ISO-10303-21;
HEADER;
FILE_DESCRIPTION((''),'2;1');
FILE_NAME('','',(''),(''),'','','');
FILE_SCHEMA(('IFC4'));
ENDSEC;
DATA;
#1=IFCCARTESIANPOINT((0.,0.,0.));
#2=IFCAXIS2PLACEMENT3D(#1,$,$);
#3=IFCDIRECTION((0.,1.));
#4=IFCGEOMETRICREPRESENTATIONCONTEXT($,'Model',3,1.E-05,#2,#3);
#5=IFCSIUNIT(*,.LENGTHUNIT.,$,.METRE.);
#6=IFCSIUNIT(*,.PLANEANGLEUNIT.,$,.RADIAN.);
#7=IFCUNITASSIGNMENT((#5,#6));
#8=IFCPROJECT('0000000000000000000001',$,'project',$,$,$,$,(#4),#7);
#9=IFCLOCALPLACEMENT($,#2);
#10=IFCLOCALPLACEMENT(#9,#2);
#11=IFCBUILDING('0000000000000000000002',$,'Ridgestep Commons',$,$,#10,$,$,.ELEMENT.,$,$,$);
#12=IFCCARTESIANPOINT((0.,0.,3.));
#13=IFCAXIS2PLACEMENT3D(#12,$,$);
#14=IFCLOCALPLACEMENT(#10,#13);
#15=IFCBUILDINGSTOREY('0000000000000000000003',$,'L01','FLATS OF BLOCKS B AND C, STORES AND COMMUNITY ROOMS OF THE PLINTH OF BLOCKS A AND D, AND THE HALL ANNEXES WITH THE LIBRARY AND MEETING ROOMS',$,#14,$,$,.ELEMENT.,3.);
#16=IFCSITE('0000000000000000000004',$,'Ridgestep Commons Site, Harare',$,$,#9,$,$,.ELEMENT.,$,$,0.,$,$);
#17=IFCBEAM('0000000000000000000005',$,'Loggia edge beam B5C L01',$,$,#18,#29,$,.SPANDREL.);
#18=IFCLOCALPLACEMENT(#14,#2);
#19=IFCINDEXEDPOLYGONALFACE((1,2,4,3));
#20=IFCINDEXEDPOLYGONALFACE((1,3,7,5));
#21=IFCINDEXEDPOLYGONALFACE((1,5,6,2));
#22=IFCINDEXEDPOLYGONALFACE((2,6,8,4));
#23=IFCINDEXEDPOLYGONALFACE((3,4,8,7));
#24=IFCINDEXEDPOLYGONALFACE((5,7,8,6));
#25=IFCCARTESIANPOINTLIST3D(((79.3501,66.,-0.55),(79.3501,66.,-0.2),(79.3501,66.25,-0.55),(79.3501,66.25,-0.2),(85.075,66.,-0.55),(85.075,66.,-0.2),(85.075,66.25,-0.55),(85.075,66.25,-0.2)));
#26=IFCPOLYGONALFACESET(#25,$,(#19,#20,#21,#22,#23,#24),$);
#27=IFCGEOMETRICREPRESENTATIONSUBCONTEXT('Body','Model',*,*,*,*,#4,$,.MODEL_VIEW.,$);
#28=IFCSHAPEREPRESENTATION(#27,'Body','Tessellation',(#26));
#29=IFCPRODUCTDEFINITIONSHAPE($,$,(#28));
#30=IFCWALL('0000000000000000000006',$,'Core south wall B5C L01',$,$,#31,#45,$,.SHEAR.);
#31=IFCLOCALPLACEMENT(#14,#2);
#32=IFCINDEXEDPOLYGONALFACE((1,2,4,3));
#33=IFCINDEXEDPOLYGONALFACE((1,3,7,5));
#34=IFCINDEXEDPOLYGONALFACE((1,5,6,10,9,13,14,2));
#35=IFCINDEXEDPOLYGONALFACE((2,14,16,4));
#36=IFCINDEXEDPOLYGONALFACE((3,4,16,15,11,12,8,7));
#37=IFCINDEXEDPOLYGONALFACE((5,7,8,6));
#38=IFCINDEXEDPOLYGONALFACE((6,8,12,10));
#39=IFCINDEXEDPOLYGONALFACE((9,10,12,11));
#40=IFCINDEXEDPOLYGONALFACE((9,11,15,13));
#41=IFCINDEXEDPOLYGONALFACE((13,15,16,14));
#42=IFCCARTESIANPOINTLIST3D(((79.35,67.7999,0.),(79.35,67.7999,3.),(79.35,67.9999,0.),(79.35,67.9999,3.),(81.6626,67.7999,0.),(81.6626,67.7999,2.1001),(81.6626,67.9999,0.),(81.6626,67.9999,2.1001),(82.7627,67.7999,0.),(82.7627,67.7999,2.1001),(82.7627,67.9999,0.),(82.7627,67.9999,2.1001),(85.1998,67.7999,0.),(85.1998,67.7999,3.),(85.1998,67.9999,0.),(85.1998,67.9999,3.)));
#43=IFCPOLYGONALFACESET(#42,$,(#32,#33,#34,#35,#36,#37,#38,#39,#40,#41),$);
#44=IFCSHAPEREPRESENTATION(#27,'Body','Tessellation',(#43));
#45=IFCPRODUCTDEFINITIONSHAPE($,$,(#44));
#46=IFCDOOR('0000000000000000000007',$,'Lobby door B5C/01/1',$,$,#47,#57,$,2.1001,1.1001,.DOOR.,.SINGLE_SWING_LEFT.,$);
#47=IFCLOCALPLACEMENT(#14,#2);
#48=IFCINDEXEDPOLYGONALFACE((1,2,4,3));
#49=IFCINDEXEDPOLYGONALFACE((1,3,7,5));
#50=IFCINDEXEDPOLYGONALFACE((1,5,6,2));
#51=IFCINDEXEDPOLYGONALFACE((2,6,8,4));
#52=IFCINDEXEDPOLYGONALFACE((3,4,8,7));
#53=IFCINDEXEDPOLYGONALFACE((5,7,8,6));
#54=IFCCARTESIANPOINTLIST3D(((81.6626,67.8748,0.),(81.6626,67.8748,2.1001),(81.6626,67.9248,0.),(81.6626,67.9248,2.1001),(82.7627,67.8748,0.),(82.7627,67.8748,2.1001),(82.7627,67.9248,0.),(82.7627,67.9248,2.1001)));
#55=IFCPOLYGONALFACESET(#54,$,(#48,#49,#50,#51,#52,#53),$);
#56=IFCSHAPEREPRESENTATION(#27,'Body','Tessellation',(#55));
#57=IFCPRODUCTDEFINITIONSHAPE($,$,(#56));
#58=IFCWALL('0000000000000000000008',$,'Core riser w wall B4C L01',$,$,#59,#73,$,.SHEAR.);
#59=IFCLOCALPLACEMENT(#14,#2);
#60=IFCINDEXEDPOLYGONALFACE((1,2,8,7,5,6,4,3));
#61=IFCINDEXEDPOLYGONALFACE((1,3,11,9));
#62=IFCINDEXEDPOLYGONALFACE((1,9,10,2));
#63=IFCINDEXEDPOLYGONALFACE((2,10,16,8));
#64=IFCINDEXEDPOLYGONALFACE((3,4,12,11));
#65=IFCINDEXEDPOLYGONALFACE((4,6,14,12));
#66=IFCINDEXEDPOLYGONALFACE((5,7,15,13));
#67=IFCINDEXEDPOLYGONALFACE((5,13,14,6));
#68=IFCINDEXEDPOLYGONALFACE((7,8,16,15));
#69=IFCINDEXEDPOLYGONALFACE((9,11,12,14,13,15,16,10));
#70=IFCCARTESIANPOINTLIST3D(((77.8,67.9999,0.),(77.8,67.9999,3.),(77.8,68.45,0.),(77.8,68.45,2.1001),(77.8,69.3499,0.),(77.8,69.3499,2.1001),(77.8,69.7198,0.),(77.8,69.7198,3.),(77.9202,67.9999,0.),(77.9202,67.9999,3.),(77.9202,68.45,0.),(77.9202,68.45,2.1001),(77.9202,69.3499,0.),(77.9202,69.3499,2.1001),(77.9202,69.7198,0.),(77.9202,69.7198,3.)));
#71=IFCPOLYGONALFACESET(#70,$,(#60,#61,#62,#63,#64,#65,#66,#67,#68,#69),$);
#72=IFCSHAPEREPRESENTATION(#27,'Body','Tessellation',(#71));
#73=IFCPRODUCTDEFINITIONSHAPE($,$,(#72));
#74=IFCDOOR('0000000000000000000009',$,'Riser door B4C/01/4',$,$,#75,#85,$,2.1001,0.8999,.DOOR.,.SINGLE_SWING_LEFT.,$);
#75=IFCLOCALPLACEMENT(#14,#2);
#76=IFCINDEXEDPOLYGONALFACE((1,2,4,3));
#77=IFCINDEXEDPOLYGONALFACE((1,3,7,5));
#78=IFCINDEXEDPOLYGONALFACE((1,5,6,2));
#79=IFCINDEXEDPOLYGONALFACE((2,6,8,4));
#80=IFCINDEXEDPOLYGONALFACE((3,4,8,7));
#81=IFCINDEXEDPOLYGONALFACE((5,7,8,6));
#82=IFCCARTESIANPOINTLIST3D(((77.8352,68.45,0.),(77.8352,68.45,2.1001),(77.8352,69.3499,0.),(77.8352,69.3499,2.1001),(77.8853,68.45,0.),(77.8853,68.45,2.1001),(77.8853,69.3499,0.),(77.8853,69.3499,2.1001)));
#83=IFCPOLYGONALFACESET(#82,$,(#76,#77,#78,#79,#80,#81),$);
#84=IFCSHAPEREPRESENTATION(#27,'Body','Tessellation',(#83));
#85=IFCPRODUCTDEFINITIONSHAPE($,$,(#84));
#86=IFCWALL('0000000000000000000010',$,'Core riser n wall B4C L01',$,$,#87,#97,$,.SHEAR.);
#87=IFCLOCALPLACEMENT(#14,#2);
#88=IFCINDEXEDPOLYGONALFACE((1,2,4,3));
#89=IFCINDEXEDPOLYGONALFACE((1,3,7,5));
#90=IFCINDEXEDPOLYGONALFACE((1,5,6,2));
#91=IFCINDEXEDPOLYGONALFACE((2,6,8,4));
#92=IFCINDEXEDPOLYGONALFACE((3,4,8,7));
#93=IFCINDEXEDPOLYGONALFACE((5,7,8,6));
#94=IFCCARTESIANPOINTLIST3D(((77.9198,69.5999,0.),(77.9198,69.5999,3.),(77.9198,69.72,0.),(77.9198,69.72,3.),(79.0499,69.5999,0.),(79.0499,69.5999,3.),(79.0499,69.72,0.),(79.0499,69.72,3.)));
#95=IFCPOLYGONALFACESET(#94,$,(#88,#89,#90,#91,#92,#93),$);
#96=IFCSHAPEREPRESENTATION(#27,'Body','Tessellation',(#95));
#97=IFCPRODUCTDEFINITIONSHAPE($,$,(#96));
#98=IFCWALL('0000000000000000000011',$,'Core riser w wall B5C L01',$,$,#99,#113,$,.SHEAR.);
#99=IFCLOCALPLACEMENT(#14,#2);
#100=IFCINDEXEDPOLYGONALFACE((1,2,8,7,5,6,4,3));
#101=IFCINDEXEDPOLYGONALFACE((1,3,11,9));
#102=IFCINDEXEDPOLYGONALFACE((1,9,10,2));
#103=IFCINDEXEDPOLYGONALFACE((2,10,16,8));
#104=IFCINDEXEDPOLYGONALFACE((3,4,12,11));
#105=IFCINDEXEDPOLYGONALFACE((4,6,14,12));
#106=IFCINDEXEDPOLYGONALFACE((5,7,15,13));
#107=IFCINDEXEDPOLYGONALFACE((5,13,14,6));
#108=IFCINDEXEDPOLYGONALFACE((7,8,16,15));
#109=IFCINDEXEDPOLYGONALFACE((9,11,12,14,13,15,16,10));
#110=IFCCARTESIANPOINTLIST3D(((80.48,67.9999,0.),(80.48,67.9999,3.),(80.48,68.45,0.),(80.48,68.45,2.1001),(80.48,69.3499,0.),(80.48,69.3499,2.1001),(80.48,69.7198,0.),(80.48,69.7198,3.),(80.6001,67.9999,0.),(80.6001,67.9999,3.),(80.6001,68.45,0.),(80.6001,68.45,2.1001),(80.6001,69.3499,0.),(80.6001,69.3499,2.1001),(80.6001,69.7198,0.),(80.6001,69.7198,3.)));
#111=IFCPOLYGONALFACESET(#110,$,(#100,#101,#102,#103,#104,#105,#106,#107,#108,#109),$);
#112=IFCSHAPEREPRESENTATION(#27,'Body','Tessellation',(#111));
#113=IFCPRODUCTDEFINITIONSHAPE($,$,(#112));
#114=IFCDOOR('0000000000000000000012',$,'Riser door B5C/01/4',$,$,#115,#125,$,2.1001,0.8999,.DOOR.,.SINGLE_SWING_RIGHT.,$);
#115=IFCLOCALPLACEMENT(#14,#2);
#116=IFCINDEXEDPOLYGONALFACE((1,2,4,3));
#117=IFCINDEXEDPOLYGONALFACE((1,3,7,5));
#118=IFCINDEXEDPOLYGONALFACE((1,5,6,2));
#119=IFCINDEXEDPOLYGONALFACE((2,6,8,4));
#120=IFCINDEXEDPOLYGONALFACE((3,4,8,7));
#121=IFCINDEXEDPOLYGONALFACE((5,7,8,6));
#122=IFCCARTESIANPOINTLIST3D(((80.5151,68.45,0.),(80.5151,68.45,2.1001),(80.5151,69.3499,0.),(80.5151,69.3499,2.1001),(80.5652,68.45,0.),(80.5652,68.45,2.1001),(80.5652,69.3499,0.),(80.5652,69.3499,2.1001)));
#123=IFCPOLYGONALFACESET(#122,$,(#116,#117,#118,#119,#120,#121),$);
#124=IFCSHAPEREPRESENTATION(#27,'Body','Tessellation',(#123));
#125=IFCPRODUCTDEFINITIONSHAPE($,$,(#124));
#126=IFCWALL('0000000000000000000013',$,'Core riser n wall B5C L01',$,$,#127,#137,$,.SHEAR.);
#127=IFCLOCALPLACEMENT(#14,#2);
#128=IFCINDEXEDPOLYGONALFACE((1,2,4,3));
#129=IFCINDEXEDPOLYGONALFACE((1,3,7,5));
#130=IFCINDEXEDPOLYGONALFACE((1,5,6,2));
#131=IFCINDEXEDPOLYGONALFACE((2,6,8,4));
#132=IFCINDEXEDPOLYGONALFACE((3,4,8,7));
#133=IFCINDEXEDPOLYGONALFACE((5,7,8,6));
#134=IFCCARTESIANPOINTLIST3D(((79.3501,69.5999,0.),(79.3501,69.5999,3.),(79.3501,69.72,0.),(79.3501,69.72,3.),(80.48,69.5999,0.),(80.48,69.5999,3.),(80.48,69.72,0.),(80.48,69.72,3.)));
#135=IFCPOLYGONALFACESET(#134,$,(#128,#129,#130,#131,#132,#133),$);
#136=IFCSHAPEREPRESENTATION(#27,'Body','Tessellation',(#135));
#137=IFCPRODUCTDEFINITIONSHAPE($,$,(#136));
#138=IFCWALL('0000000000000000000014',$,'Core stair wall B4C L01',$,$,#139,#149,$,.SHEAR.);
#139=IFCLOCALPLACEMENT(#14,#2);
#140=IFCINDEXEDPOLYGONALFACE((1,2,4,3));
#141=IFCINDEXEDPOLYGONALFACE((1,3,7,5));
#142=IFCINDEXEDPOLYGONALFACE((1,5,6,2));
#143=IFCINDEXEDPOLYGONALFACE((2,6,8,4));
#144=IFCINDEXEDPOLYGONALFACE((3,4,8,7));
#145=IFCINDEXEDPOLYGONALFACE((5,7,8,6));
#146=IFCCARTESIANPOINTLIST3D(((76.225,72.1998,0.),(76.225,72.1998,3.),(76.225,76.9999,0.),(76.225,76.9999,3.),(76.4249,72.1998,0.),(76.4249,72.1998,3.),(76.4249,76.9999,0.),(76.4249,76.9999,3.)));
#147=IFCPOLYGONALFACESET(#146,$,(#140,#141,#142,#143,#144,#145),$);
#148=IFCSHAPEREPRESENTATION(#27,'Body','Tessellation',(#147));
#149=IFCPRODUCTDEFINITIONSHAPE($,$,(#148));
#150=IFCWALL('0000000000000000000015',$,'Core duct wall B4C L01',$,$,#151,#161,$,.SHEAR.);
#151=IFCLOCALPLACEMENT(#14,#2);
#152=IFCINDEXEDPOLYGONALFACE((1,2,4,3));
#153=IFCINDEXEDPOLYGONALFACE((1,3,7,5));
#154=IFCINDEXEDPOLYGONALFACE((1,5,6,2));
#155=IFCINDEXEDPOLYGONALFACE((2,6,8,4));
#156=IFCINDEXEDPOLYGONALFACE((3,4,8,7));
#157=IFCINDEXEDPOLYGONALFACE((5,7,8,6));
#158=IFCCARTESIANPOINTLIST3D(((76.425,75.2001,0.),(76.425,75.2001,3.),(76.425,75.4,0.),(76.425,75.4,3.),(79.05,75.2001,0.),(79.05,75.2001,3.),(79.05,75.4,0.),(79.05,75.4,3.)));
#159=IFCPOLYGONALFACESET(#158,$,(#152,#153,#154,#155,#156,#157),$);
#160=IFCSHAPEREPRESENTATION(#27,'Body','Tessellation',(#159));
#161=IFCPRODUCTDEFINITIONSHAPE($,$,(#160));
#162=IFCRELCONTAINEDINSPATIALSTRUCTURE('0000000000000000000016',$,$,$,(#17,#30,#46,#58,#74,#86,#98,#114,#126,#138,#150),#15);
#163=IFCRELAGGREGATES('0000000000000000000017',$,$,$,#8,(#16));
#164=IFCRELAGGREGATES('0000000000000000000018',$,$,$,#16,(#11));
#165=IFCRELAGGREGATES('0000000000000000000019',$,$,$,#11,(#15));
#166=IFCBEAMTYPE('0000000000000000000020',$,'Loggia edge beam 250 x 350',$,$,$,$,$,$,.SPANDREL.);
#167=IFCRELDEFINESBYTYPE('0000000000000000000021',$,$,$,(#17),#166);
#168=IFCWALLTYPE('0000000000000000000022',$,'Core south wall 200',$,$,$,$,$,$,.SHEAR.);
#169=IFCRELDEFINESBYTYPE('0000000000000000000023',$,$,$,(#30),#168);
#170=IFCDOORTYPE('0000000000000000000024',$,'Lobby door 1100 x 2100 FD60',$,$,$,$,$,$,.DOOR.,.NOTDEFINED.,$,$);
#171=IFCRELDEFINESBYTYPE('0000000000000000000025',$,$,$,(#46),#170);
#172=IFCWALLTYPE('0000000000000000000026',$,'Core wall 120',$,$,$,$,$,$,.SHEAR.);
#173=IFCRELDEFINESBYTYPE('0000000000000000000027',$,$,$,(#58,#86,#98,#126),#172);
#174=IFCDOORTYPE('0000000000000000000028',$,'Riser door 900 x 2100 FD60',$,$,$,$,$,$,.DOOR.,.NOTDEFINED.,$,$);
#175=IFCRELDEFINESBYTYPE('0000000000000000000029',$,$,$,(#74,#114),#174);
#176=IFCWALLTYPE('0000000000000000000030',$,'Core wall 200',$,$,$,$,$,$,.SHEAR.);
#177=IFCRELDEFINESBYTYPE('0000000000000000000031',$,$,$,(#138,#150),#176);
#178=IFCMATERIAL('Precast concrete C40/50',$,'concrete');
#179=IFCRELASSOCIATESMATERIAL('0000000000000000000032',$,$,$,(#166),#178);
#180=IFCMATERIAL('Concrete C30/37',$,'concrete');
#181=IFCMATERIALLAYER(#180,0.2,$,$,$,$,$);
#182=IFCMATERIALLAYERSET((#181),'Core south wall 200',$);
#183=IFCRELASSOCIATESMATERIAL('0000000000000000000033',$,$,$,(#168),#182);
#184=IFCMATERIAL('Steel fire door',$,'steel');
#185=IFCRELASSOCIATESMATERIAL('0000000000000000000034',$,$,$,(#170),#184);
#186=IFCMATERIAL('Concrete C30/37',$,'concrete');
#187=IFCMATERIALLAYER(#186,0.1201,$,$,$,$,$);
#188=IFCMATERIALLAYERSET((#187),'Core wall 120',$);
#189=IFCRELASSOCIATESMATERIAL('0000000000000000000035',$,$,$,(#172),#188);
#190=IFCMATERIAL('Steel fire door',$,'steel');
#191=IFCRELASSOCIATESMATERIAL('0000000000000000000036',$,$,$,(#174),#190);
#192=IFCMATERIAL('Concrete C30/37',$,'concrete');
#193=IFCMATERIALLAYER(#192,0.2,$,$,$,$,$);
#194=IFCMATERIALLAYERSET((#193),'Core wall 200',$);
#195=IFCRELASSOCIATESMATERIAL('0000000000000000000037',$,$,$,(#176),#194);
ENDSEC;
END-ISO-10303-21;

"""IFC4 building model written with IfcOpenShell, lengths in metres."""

from ifc_helpers import new_model, si_unit, direction, frame, frame_2d, origin, origin_2d, place, context, subcontext, project, spatial, rectangle, extrude, material, layer, layer_set, material_profile, profile_set, type_object, element, fill, save


model = new_model("IFC4")

# Units and contexts
model_context = context("Model", 3, precision=1e-05, world=origin(), true_north=direction((0.0, 1.0)))
body_context = subcontext(model_context, "Body", "Model", "MODEL_VIEW")
ifc_project = project(units=[si_unit("LENGTHUNIT", "METRE"), si_unit("PLANEANGLEUNIT", "RADIAN")], contexts=[model_context])

# Site, building, storey
site_placement = place(None, origin())
site = spatial("IfcSite", under=ifc_project, at=site_placement, Name="Ridgestep Commons Site, Harare", CompositionType="ELEMENT", RefElevation=0.0)
building_placement = place(site_placement, origin())
building = spatial("IfcBuilding", under=site, at=building_placement, Name="Ridgestep Commons", CompositionType="ELEMENT")
storey_placement = place(building_placement, frame((0.0, 0.0, 3.0)))
storey = spatial("IfcBuildingStorey", under=building, at=storey_placement, Name="L01", Description="FLATS OF BLOCKS B AND C, STORES AND COMMUNITY ROOMS OF THE PLINTH OF BLOCKS A AND D, AND THE HALL ANNEXES WITH THE LIBRARY AND MEETING ROOMS", CompositionType="ELEMENT", Elevation=3.0)

# Beam
ifc_material_1 = material(Name="Precast concrete C40/50", Category="concrete")
ifc_material_profile = material_profile(ifc_material_1, rectangle(XDim=0.25, YDim=0.3501, at=origin_2d()), Name="PC 250x350")
ifc_profile_set = profile_set([ifc_material_profile], Name="Precast concrete C40/50")
beam_type = type_object("IfcBeamType", Name="Loggia edge beam 250 x 350", PredefinedType="SPANDREL", material=ifc_profile_set)
beam_placement = place(storey_placement, frame((79.3501, 66.125, -0.375), z_axis=(1.0, 0.0, 0.0), x_axis=(0.0, 1.0, 0.0)))
element("IfcBeam", 1, at=beam_placement, inside=storey, type_object=beam_type, Name="Loggia edge beam B5C L01", PredefinedType="SPANDREL", context=body_context, shape_type="SweptSolid", body=[
    extrude(rectangle(XDim=0.25, YDim=0.3501, at=origin_2d()), origin(), (0.0, 0.0, 1.0), 5.7249),
])

# Walls, openings, doors
ifc_material_2 = material(Name="Concrete C30/37", Category="concrete")
ifc_layer_1 = layer(ifc_material_2, 0.2)
ifc_layer_set_1 = layer_set([ifc_layer_1], Name="Core south wall 200")
wall_type_1 = type_object("IfcWallType", Name="Core south wall 200", PredefinedType="SHEAR", material=ifc_layer_set_1)
wall_1_placement = place(storey_placement, frame((79.3501, 67.8999, 0.0), z_axis=(0.0, 0.0, 1.0), x_axis=(1.0, 0.0, 0.0)))
wall_1 = element("IfcWall", 2, at=wall_1_placement, inside=storey, type_object=wall_type_1, Name="Core south wall B5C L01", PredefinedType="SHEAR", context=body_context, shape_type="SweptSolid", body=[
    extrude(rectangle(XDim=5.8499, YDim=0.2, at=frame_2d((2.9248, 0.0))), origin(), (0.0, 0.0, 1.0), 3.0),
])
opening_1_placement = place(wall_1_placement, frame((2.3125, 0.0, 0.0)))
opening_1 = element("IfcOpeningElement", 3, at=opening_1_placement, cuts=wall_1, PredefinedType="OPENING", context=body_context, shape_type="SweptSolid", body=[
    extrude(rectangle(XDim=1.1001, YDim=2.1001, at=frame_2d((0.55, 1.05))), frame((0.0, 0.1099, 0.0), z_axis=(0.0, -1.0, 0.0), x_axis=(1.0, 0.0, 0.0)), (0.0, 0.0, 1.0), 0.22),
])
ifc_material_3 = material(Name="Steel fire door", Category="steel")
door_type_1 = type_object("IfcDoorType", Name="Lobby door 1100 x 2100 FD60", OperationType="NOTDEFINED", PredefinedType="DOOR", material=ifc_material_3)
door_1_placement = place(opening_1_placement, origin())
door_1 = element("IfcDoor", 4, at=door_1_placement, inside=storey, type_object=door_type_1, Name="Lobby door B5C/01/1", OperationType="SINGLE_SWING_LEFT", OverallHeight=2.1001, OverallWidth=1.1001, PredefinedType="DOOR", context=body_context, shape_type="SweptSolid", body=[
    extrude(rectangle(XDim=1.1001, YDim=2.1001, at=frame_2d((0.55, 1.05))), frame((0.0, 0.0249, 0.0), z_axis=(0.0, -1.0, 0.0), x_axis=(1.0, 0.0, 0.0)), (0.0, 0.0, 1.0), 0.05),
])
fill(opening_1, door_1)
ifc_material_4 = material(Name="Concrete C30/37", Category="concrete")
ifc_layer_2 = layer(ifc_material_4, 0.1201)
ifc_layer_set_2 = layer_set([ifc_layer_2], Name="Core wall 120")
wall_type_2 = type_object("IfcWallType", Name="Core wall 120", PredefinedType="SHEAR", material=ifc_layer_set_2)
wall_2_placement = place(storey_placement, frame((77.8601, 68.0, 0.0), z_axis=(0.0, 0.0, 1.0), x_axis=(0.0, 1.0, 0.0)))
wall_2 = element("IfcWall", 5, at=wall_2_placement, inside=storey, type_object=wall_type_2, Name="Core riser w wall B4C L01", PredefinedType="SHEAR", context=body_context, shape_type="SweptSolid", body=[
    extrude(rectangle(XDim=1.72, YDim=0.1201, at=frame_2d((0.8599, 0.0))), origin(), (0.0, 0.0, 1.0), 3.0),
])
opening_2_placement = place(wall_2_placement, frame((0.45, 0.0, 0.0)))
opening_2 = element("IfcOpeningElement", 6, at=opening_2_placement, cuts=wall_2, PredefinedType="OPENING", context=body_context, shape_type="SweptSolid", body=[
    extrude(rectangle(XDim=0.8999, YDim=2.1001, at=frame_2d((0.45, 1.05))), frame((0.0, 0.0701, 0.0), z_axis=(0.0, -1.0, 0.0), x_axis=(1.0, 0.0, 0.0)), (0.0, 0.0, 1.0), 0.1401),
])
ifc_material_5 = material(Name="Steel fire door", Category="steel")
door_type_2 = type_object("IfcDoorType", Name="Riser door 900 x 2100 FD60", OperationType="NOTDEFINED", PredefinedType="DOOR", material=ifc_material_5)
door_2_placement = place(opening_2_placement, origin())
door_2 = element("IfcDoor", 7, at=door_2_placement, inside=storey, type_object=door_type_2, Name="Riser door B4C/01/4", OperationType="SINGLE_SWING_LEFT", OverallHeight=2.1001, OverallWidth=0.8999, PredefinedType="DOOR", context=body_context, shape_type="SweptSolid", body=[
    extrude(rectangle(XDim=0.8999, YDim=2.1001, at=frame_2d((0.45, 1.05))), frame((0.0, 0.0249, 0.0), z_axis=(0.0, -1.0, 0.0), x_axis=(1.0, 0.0, 0.0)), (0.0, 0.0, 1.0), 0.05),
])
fill(opening_2, door_2)

# Wall
wall_3_placement = place(storey_placement, frame((77.9199, 69.6599, 0.0), z_axis=(0.0, 0.0, 1.0), x_axis=(1.0, 0.0, 0.0)))
element("IfcWall", 8, at=wall_3_placement, inside=storey, type_object=wall_type_2, Name="Core riser n wall B4C L01", PredefinedType="SHEAR", context=body_context, shape_type="SweptSolid", body=[
    extrude(rectangle(XDim=1.1301, YDim=0.1201, at=frame_2d((0.5649, 0.0))), origin(), (0.0, 0.0, 1.0), 3.0),
])

# Wall, opening, door
wall_4_placement = place(storey_placement, frame((80.54, 68.0, 0.0), z_axis=(0.0, 0.0, 1.0), x_axis=(0.0, 1.0, 0.0)))
wall_4 = element("IfcWall", 9, at=wall_4_placement, inside=storey, type_object=wall_type_2, Name="Core riser w wall B5C L01", PredefinedType="SHEAR", context=body_context, shape_type="SweptSolid", body=[
    extrude(rectangle(XDim=1.72, YDim=0.1201, at=frame_2d((0.8599, 0.0))), origin(), (0.0, 0.0, 1.0), 3.0),
])
opening_3_placement = place(wall_4_placement, frame((0.45, 0.0, 0.0)))
opening_3 = element("IfcOpeningElement", 10, at=opening_3_placement, cuts=wall_4, PredefinedType="OPENING", context=body_context, shape_type="SweptSolid", body=[
    extrude(rectangle(XDim=0.8999, YDim=2.1001, at=frame_2d((0.45, 1.05))), frame((0.0, 0.0701, 0.0), z_axis=(0.0, -1.0, 0.0), x_axis=(1.0, 0.0, 0.0)), (0.0, 0.0, 1.0), 0.1401),
])
door_3_placement = place(opening_3_placement, origin())
door_3 = element("IfcDoor", 11, at=door_3_placement, inside=storey, type_object=door_type_2, Name="Riser door B5C/01/4", OperationType="SINGLE_SWING_RIGHT", OverallHeight=2.1001, OverallWidth=0.8999, PredefinedType="DOOR", context=body_context, shape_type="SweptSolid", body=[
    extrude(rectangle(XDim=0.8999, YDim=2.1001, at=frame_2d((0.45, 1.05))), frame((0.0, 0.0249, 0.0), z_axis=(0.0, -1.0, 0.0), x_axis=(1.0, 0.0, 0.0)), (0.0, 0.0, 1.0), 0.05),
])
fill(opening_3, door_3)

# Walls
wall_5_placement = place(storey_placement, frame((79.3501, 69.6599, 0.0), z_axis=(0.0, 0.0, 1.0), x_axis=(1.0, 0.0, 0.0)))
element("IfcWall", 12, at=wall_5_placement, inside=storey, type_object=wall_type_2, Name="Core riser n wall B5C L01", PredefinedType="SHEAR", context=body_context, shape_type="SweptSolid", body=[
    extrude(rectangle(XDim=1.1299, YDim=0.1201, at=frame_2d((0.5649, 0.0))), origin(), (0.0, 0.0, 1.0), 3.0),
])
ifc_material_6 = material(Name="Concrete C30/37", Category="concrete")
ifc_layer_3 = layer(ifc_material_6, 0.2)
ifc_layer_set_3 = layer_set([ifc_layer_3], Name="Core wall 200")
wall_type_3 = type_object("IfcWallType", Name="Core wall 200", PredefinedType="SHEAR", material=ifc_layer_set_3)
wall_6_placement = place(storey_placement, frame((76.325, 72.2, 0.0), z_axis=(0.0, 0.0, 1.0), x_axis=(0.0, 1.0, 0.0)))
element("IfcWall", 13, at=wall_6_placement, inside=storey, type_object=wall_type_3, Name="Core stair wall B4C L01", PredefinedType="SHEAR", context=body_context, shape_type="SweptSolid", body=[
    extrude(rectangle(XDim=4.8, YDim=0.2, at=frame_2d((2.3999, 0.0))), origin(), (0.0, 0.0, 1.0), 3.0),
])
wall_7_placement = place(storey_placement, frame((76.425, 75.3, 0.0), z_axis=(0.0, 0.0, 1.0), x_axis=(1.0, 0.0, 0.0)))
element("IfcWall", 14, at=wall_7_placement, inside=storey, type_object=wall_type_3, Name="Core duct wall B4C L01", PredefinedType="SHEAR", context=body_context, shape_type="SweptSolid", body=[
    extrude(rectangle(XDim=2.625, YDim=0.2, at=frame_2d((1.3125, 0.0))), origin(), (0.0, 0.0, 1.0), 3.0),
])

save(model, "model.ifc")
